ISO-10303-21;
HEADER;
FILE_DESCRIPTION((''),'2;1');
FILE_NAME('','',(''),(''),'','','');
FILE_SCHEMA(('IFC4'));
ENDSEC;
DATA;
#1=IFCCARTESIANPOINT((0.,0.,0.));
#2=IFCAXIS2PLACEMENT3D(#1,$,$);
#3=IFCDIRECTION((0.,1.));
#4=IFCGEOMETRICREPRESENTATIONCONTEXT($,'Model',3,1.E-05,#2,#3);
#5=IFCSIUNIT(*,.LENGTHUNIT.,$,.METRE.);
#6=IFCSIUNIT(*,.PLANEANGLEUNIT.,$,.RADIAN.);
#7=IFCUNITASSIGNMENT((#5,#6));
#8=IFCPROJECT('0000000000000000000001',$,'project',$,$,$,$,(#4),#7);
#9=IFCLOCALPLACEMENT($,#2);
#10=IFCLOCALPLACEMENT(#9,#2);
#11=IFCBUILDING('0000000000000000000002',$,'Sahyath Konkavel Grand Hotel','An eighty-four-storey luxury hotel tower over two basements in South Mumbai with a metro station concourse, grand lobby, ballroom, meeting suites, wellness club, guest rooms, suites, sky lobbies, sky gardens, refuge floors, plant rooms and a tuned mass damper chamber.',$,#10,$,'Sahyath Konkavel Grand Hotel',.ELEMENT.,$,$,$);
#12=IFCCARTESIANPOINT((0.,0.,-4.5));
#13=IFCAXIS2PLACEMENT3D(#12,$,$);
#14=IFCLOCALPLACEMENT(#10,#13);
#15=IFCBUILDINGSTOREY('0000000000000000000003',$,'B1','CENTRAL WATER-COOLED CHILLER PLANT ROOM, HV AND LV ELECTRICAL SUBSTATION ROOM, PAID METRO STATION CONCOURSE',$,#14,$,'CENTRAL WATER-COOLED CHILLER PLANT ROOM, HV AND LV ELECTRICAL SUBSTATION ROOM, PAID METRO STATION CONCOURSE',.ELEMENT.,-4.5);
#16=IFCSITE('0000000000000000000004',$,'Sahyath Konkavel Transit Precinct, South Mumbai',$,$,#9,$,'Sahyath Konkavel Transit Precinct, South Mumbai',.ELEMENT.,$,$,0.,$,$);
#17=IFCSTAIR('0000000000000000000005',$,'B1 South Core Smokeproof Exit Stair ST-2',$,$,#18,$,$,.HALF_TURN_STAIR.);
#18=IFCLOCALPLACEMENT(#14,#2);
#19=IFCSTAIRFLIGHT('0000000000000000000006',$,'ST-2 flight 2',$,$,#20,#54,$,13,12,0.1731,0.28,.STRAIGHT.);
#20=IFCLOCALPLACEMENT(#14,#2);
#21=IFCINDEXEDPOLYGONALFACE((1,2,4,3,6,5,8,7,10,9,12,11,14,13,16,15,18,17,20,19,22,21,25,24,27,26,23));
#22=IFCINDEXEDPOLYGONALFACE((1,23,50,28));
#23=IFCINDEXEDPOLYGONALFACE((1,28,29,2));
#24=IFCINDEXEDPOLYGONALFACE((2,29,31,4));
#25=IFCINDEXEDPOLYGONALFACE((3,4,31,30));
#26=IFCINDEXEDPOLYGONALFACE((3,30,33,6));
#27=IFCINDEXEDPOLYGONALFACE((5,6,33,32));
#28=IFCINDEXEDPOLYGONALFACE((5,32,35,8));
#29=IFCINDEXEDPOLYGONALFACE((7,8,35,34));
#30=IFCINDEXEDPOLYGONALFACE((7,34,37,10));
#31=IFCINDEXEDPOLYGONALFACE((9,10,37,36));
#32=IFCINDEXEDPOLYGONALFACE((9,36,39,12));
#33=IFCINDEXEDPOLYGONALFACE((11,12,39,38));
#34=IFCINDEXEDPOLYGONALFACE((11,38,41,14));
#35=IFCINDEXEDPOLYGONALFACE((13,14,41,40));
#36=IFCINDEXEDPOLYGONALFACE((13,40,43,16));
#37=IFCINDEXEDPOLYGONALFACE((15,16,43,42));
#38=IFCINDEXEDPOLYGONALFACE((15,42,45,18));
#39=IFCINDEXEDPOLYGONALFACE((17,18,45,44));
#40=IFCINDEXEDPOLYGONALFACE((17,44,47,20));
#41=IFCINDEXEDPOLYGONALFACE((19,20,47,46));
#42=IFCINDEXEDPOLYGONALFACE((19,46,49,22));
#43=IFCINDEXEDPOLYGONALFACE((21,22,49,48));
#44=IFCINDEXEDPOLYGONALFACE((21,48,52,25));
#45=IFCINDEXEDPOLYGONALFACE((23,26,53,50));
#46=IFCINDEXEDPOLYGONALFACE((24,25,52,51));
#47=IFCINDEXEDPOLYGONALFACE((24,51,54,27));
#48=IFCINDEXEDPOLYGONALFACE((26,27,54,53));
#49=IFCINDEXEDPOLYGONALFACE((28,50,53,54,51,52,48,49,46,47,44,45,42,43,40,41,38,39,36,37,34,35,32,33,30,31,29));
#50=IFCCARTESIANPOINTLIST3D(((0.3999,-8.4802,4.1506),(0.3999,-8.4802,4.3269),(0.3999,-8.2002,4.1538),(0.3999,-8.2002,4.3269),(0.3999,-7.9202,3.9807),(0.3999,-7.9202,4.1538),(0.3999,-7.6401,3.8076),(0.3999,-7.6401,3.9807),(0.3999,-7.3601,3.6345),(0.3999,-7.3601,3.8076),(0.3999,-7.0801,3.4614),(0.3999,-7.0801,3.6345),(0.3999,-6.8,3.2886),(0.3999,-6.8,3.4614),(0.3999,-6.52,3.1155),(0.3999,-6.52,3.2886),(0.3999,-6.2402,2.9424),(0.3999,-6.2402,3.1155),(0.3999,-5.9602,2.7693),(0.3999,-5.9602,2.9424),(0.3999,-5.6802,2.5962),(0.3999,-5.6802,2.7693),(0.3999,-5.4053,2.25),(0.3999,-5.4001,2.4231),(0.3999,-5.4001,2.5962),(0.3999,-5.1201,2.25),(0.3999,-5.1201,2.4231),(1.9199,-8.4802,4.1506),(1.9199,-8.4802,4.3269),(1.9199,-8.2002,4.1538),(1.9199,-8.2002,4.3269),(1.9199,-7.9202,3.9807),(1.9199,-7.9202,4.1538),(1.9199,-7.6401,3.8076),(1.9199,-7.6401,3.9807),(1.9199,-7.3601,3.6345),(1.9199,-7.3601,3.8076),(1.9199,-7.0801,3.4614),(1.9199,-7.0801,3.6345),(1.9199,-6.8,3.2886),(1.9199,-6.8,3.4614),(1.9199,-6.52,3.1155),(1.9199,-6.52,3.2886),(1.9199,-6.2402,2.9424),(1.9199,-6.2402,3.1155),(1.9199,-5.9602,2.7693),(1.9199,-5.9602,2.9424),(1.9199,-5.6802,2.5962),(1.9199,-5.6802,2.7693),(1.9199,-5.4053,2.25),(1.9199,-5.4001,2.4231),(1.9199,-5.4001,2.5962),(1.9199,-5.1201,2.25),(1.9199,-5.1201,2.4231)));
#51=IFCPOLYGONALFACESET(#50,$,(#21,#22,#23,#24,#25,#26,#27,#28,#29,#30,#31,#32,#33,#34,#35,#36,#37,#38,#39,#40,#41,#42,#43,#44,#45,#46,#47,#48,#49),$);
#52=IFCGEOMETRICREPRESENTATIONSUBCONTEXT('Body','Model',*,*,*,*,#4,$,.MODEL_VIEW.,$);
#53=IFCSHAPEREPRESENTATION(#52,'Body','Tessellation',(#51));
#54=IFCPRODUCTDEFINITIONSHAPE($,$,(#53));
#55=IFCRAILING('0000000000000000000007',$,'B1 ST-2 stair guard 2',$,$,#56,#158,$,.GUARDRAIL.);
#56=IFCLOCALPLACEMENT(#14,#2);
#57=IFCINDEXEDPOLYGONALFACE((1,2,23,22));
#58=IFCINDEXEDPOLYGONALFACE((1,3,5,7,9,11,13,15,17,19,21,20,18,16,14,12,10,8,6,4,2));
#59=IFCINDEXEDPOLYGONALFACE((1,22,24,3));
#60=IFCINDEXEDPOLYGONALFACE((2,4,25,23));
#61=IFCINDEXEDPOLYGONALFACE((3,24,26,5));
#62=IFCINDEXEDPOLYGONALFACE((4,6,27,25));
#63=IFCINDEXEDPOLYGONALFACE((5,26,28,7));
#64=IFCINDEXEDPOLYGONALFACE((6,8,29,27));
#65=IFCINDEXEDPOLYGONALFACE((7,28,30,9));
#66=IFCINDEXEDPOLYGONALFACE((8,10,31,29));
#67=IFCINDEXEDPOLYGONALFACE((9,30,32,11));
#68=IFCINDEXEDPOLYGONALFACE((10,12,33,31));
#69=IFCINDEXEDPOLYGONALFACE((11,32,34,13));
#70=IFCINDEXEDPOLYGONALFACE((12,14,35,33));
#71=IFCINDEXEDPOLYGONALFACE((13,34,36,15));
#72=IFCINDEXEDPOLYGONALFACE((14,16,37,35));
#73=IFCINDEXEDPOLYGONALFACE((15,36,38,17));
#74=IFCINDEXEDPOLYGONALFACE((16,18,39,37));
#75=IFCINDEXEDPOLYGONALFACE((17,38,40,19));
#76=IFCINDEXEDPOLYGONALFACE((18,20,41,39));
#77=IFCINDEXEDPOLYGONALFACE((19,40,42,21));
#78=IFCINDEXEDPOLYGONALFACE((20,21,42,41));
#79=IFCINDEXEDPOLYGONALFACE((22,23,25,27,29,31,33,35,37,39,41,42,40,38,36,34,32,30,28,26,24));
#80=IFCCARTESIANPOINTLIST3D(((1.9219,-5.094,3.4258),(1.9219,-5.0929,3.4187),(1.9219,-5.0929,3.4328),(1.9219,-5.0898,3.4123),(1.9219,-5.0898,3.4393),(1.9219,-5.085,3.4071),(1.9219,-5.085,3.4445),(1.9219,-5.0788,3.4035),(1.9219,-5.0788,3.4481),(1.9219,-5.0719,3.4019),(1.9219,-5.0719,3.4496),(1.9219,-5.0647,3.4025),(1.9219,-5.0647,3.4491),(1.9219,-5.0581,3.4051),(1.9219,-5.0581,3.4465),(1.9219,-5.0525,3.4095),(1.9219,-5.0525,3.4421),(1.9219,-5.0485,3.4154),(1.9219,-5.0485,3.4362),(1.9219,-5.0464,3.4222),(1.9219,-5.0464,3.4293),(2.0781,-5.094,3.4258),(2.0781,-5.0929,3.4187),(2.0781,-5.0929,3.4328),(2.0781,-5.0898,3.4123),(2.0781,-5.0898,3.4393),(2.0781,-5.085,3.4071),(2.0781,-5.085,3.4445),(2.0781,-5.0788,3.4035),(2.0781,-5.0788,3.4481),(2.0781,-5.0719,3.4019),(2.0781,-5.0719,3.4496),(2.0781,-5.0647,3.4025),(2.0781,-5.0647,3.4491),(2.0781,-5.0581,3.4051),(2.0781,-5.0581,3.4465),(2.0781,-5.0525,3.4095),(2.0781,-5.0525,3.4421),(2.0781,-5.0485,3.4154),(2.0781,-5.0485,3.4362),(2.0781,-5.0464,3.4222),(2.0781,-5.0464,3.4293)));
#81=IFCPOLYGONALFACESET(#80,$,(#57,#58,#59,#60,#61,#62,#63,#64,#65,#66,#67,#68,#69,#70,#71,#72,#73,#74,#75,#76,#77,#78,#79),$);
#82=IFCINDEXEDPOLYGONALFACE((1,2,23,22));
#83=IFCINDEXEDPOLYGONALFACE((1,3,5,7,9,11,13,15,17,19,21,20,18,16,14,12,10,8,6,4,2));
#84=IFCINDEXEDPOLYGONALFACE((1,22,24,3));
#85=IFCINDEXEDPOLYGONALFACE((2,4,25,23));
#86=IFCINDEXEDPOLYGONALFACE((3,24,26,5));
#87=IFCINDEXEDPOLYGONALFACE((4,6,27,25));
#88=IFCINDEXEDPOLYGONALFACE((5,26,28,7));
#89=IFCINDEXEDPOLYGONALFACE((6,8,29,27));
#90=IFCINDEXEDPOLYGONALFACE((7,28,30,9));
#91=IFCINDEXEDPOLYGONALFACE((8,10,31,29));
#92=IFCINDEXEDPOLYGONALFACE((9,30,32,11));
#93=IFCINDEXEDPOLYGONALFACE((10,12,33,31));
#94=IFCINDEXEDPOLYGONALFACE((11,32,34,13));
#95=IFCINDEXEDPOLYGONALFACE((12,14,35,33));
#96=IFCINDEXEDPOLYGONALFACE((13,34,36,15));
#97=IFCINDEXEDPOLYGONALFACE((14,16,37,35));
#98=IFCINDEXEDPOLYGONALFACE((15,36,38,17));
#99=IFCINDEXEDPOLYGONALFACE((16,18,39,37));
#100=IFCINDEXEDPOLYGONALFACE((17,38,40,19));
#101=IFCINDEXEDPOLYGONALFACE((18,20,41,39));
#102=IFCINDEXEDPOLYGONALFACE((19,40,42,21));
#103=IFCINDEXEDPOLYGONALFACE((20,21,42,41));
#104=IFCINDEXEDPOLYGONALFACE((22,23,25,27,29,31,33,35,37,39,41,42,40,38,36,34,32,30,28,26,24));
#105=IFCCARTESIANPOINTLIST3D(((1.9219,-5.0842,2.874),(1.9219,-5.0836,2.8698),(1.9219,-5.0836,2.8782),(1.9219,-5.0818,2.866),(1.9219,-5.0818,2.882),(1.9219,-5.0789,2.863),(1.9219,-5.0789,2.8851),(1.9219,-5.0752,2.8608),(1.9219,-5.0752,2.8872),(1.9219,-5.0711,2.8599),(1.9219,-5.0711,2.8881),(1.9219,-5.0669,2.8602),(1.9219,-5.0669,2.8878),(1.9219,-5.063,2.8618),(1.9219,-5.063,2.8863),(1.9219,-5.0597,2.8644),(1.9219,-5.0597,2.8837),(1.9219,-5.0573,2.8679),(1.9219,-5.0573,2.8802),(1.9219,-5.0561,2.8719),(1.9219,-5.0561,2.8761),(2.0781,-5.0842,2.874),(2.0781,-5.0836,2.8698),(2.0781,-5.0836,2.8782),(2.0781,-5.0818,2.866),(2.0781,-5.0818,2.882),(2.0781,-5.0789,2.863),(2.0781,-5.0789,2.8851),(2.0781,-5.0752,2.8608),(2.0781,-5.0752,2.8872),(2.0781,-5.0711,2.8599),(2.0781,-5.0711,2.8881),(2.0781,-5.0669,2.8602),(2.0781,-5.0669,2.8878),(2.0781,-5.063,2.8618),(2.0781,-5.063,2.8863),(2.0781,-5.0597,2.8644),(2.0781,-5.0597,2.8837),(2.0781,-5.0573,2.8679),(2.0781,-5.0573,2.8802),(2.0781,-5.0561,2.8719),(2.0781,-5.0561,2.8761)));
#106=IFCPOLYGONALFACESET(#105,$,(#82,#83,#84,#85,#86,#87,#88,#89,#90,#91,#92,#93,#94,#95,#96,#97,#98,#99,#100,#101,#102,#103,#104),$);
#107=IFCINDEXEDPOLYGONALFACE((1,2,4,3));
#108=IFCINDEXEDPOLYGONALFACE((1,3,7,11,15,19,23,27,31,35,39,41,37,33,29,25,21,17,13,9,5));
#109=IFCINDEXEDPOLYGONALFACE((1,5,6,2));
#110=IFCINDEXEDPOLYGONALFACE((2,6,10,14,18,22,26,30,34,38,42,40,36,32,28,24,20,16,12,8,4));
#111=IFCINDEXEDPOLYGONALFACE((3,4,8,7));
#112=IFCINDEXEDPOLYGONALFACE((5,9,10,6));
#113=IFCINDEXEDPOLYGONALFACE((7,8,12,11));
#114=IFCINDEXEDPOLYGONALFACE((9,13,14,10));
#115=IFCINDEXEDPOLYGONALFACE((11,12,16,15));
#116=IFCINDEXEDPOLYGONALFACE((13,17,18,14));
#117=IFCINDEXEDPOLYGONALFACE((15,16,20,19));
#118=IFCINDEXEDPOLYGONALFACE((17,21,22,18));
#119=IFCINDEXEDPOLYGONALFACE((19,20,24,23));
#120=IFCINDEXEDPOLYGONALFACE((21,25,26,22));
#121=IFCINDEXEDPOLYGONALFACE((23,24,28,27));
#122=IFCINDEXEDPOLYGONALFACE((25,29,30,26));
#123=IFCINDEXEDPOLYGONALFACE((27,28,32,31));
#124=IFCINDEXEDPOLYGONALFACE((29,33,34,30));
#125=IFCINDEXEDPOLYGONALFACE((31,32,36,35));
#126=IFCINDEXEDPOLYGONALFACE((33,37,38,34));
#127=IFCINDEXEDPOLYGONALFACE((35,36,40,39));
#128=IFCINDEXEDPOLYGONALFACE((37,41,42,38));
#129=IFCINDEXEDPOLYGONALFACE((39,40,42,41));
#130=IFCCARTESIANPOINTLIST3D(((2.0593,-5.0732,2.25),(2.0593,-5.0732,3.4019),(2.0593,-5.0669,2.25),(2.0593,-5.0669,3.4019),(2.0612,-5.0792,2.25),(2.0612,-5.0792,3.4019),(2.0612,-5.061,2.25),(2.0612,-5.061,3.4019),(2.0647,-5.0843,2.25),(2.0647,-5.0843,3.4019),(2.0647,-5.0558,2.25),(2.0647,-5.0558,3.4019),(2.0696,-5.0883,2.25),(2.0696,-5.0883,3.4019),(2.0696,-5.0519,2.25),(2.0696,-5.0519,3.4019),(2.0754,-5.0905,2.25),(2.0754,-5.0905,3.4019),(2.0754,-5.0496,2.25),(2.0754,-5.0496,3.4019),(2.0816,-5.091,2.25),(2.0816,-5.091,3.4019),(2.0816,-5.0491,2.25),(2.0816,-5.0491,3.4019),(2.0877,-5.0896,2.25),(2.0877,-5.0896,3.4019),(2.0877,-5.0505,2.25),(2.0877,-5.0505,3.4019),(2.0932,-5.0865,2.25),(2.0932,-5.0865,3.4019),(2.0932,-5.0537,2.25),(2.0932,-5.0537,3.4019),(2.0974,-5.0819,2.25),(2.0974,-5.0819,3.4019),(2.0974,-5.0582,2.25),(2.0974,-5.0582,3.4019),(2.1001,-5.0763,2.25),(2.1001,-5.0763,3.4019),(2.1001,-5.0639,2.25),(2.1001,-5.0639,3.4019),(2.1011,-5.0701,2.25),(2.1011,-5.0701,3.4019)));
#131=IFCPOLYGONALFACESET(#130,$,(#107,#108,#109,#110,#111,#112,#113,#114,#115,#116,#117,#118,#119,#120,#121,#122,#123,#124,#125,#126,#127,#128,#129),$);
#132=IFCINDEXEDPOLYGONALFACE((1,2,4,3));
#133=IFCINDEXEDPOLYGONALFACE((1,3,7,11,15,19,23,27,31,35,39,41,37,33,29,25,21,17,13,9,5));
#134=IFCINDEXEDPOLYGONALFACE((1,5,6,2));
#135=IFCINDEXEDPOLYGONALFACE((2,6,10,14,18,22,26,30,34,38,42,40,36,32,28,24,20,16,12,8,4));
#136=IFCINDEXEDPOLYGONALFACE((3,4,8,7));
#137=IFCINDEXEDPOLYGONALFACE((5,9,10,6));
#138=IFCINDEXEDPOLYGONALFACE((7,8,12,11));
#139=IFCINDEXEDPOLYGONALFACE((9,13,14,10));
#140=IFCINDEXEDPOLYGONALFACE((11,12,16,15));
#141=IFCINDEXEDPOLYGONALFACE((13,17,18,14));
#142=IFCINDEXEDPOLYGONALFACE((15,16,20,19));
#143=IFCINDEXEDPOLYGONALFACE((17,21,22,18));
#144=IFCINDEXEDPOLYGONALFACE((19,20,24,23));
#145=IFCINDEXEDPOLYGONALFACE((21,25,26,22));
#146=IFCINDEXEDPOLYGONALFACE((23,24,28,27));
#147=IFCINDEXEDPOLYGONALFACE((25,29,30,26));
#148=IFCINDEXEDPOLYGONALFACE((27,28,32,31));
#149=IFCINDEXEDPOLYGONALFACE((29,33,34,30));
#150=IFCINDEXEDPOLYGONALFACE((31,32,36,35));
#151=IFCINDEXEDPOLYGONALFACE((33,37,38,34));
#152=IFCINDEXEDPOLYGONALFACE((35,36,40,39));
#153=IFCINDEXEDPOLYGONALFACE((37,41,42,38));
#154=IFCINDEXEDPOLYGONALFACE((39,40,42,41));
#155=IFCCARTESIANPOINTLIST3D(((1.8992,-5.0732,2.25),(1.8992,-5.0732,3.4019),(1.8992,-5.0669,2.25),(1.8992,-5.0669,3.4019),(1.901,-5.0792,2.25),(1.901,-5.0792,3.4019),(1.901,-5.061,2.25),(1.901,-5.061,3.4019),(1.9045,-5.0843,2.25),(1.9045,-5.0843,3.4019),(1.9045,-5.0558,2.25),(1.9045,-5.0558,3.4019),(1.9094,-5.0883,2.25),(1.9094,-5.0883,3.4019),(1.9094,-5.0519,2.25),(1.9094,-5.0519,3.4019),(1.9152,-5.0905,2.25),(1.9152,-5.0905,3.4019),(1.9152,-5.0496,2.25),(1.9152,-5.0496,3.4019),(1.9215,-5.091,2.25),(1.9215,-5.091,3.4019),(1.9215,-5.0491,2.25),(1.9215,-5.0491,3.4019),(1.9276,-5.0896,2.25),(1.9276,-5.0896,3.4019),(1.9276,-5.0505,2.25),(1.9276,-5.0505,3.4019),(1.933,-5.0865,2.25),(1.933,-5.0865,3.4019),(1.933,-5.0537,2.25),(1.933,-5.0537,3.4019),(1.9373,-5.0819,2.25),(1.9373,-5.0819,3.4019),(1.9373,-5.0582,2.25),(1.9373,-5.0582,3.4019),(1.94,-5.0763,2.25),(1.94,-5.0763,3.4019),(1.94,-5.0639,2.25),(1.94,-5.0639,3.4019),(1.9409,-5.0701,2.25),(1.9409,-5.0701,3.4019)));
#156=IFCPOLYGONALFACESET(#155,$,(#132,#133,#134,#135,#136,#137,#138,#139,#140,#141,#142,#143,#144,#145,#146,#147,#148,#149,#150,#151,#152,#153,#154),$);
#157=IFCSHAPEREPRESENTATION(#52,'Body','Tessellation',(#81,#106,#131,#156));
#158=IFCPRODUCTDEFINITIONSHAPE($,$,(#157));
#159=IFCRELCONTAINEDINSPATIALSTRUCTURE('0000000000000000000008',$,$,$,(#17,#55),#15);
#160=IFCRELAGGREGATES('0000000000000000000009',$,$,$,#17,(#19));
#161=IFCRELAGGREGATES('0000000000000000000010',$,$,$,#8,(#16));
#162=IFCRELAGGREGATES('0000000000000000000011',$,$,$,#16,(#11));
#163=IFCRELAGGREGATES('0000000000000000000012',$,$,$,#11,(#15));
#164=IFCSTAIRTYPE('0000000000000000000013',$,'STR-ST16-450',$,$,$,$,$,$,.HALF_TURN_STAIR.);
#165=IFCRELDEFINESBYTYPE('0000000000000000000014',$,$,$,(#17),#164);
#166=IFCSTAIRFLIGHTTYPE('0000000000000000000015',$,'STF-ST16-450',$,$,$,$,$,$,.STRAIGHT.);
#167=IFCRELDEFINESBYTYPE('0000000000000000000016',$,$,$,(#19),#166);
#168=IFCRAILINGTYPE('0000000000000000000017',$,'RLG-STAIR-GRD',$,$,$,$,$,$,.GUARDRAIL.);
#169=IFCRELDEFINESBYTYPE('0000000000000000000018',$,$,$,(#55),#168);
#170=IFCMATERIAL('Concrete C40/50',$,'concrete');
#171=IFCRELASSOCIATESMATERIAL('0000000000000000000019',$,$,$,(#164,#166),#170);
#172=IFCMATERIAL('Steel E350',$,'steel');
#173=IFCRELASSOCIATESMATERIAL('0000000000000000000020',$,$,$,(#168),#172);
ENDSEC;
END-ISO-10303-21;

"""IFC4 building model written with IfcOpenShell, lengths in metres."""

from ifc_helpers import new_model, si_unit, direction, frame, origin, origin_2d, place, context, subcontext, project, spatial, polyline, circle, outline, extrude, material, type_object, element, aggregate, save


model = new_model("IFC4")

# Units and contexts
model_context = context("Model", 3, precision=1e-05, world=origin(), true_north=direction((0.0, 1.0)))
body_context = subcontext(model_context, "Body", "Model", "MODEL_VIEW")
ifc_project = project(units=[si_unit("LENGTHUNIT", "METRE"), si_unit("PLANEANGLEUNIT", "RADIAN")], contexts=[model_context])

# Site, building, storey
site_placement = place(None, origin())
site = spatial("IfcSite", under=ifc_project, at=site_placement, Name="Sahyath Konkavel Transit Precinct, South Mumbai", LongName="Sahyath Konkavel Transit Precinct, South Mumbai", CompositionType="ELEMENT", RefElevation=0.0)
building_placement = place(site_placement, origin())
building = spatial("IfcBuilding", under=site, at=building_placement, Name="Sahyath Konkavel Grand Hotel", Description="An eighty-four-storey luxury hotel tower over two basements in South Mumbai with a metro station concourse, grand lobby, ballroom, meeting suites, wellness club, guest rooms, suites, sky lobbies, sky gardens, refuge floors, plant rooms and a tuned mass damper chamber.", LongName="Sahyath Konkavel Grand Hotel", CompositionType="ELEMENT")
storey_placement = place(building_placement, frame((0.0, 0.0, -4.5)))
storey = spatial("IfcBuildingStorey", under=building, at=storey_placement, Name="B1", Description="CENTRAL WATER-COOLED CHILLER PLANT ROOM, HV AND LV ELECTRICAL SUBSTATION ROOM, PAID METRO STATION CONCOURSE", LongName="CENTRAL WATER-COOLED CHILLER PLANT ROOM, HV AND LV ELECTRICAL SUBSTATION ROOM, PAID METRO STATION CONCOURSE", CompositionType="ELEMENT", Elevation=-4.5)

# Shared definitions
ifc_material_1 = material(Name="Steel E350", Category="steel")

# Stair
ifc_material_2 = material(Name="Concrete C40/50", Category="concrete")
stair_type = type_object("IfcStairType", Name="STR-ST16-450", PredefinedType="HALF_TURN_STAIR", material=ifc_material_2)
stair_1_placement = place(storey_placement, origin())
stair_1 = element("IfcStair", 1, at=stair_1_placement, inside=storey, type_object=stair_type, Name="B1 South Core Smokeproof Exit Stair ST-2", PredefinedType="HALF_TURN_STAIR")

# Stair flight
stair_flight_type = type_object("IfcStairFlightType", Name="STF-ST16-450", PredefinedType="STRAIGHT", material=ifc_material_2)
stair_flight_placement = place(storey_placement, frame((1.1599, -5.1201, 2.25), z_axis=(0.0, 0.0, 1.0), x_axis=(0.0, -1.0, 0.0)))
stair_flight = element("IfcStairFlight", 2, at=stair_flight_placement, type_object=stair_flight_type, Name="ST-2 flight 2", NumberOfRisers=13, NumberOfTreads=12, PredefinedType="STRAIGHT", RiserHeight=0.1731, TreadLength=0.28, context=body_context, shape_type="SweptSolid", body=[
    extrude(outline(polyline([(0.0, 0.0), (0.0, 0.1731), (0.28, 0.1731), (0.28, 0.3462), (0.5601, 0.3462), (0.5601, 0.5193), (0.8401, 0.5193), (0.8401, 0.6924), (1.1201, 0.6924), (1.1201, 0.8655), (1.3999, 0.8655), (1.3999, 1.0386), (1.6799, 1.0386), (1.6799, 1.2114), (1.96, 1.2114), (1.96, 1.3845), (2.24, 1.3845), (2.24, 1.5576), (2.52, 1.5576), (2.52, 1.7307), (2.8, 1.7307), (2.8, 1.9038), (3.0801, 1.9038), (3.0801, 2.0769), (3.3601, 2.0769), (3.3601, 2.25), (3.3601, 1.9006), (0.2852, 0.0), (0.0, 0.0)])), frame((0.0, 0.76, 0.0), z_axis=(0.0, -1.0, 0.0), x_axis=(1.0, 0.0, 0.0)), (0.0, 0.0, 1.0), 1.52),
])
aggregate(stair_1, [stair_flight])

# Railing
railing_type_1 = type_object("IfcRailingType", Name="RLG-STAIR-GRD", PredefinedType="GUARDRAIL", material=ifc_material_1)
railing_1_placement = place(storey_placement, frame((2.0801, -5.0701, 2.25)))
element("IfcRailing", 3, at=railing_1_placement, inside=storey, type_object=railing_type_1, Name="B1 ST-2 stair guard 2", PredefinedType="GUARDRAIL", context=body_context, shape_type="SweptSolid", body=[
    extrude(circle(Radius=0.0239, at=origin_2d()), frame((-0.002, 0.0, 1.1758), z_axis=(-1.0, 0.0, 0.0), x_axis=(0.0, -1.0, 0.0)), (0.0, 0.0, 1.0), 0.1562),
    extrude(circle(Radius=0.0142, at=origin_2d()), frame((-0.002, 0.0, 0.624), z_axis=(-1.0, 0.0, 0.0), x_axis=(0.0, -1.0, 0.0)), (0.0, 0.0, 1.0), 0.1562),
    extrude(circle(Radius=0.021, at=origin_2d()), origin(), (0.0, 0.0, 1.0), 1.1519),
    extrude(circle(Radius=0.021, at=origin_2d()), frame((-0.1602, 0.0, 0.0)), (0.0, 0.0, 1.0), 1.1519),
])

save(model, "model.ifc")
